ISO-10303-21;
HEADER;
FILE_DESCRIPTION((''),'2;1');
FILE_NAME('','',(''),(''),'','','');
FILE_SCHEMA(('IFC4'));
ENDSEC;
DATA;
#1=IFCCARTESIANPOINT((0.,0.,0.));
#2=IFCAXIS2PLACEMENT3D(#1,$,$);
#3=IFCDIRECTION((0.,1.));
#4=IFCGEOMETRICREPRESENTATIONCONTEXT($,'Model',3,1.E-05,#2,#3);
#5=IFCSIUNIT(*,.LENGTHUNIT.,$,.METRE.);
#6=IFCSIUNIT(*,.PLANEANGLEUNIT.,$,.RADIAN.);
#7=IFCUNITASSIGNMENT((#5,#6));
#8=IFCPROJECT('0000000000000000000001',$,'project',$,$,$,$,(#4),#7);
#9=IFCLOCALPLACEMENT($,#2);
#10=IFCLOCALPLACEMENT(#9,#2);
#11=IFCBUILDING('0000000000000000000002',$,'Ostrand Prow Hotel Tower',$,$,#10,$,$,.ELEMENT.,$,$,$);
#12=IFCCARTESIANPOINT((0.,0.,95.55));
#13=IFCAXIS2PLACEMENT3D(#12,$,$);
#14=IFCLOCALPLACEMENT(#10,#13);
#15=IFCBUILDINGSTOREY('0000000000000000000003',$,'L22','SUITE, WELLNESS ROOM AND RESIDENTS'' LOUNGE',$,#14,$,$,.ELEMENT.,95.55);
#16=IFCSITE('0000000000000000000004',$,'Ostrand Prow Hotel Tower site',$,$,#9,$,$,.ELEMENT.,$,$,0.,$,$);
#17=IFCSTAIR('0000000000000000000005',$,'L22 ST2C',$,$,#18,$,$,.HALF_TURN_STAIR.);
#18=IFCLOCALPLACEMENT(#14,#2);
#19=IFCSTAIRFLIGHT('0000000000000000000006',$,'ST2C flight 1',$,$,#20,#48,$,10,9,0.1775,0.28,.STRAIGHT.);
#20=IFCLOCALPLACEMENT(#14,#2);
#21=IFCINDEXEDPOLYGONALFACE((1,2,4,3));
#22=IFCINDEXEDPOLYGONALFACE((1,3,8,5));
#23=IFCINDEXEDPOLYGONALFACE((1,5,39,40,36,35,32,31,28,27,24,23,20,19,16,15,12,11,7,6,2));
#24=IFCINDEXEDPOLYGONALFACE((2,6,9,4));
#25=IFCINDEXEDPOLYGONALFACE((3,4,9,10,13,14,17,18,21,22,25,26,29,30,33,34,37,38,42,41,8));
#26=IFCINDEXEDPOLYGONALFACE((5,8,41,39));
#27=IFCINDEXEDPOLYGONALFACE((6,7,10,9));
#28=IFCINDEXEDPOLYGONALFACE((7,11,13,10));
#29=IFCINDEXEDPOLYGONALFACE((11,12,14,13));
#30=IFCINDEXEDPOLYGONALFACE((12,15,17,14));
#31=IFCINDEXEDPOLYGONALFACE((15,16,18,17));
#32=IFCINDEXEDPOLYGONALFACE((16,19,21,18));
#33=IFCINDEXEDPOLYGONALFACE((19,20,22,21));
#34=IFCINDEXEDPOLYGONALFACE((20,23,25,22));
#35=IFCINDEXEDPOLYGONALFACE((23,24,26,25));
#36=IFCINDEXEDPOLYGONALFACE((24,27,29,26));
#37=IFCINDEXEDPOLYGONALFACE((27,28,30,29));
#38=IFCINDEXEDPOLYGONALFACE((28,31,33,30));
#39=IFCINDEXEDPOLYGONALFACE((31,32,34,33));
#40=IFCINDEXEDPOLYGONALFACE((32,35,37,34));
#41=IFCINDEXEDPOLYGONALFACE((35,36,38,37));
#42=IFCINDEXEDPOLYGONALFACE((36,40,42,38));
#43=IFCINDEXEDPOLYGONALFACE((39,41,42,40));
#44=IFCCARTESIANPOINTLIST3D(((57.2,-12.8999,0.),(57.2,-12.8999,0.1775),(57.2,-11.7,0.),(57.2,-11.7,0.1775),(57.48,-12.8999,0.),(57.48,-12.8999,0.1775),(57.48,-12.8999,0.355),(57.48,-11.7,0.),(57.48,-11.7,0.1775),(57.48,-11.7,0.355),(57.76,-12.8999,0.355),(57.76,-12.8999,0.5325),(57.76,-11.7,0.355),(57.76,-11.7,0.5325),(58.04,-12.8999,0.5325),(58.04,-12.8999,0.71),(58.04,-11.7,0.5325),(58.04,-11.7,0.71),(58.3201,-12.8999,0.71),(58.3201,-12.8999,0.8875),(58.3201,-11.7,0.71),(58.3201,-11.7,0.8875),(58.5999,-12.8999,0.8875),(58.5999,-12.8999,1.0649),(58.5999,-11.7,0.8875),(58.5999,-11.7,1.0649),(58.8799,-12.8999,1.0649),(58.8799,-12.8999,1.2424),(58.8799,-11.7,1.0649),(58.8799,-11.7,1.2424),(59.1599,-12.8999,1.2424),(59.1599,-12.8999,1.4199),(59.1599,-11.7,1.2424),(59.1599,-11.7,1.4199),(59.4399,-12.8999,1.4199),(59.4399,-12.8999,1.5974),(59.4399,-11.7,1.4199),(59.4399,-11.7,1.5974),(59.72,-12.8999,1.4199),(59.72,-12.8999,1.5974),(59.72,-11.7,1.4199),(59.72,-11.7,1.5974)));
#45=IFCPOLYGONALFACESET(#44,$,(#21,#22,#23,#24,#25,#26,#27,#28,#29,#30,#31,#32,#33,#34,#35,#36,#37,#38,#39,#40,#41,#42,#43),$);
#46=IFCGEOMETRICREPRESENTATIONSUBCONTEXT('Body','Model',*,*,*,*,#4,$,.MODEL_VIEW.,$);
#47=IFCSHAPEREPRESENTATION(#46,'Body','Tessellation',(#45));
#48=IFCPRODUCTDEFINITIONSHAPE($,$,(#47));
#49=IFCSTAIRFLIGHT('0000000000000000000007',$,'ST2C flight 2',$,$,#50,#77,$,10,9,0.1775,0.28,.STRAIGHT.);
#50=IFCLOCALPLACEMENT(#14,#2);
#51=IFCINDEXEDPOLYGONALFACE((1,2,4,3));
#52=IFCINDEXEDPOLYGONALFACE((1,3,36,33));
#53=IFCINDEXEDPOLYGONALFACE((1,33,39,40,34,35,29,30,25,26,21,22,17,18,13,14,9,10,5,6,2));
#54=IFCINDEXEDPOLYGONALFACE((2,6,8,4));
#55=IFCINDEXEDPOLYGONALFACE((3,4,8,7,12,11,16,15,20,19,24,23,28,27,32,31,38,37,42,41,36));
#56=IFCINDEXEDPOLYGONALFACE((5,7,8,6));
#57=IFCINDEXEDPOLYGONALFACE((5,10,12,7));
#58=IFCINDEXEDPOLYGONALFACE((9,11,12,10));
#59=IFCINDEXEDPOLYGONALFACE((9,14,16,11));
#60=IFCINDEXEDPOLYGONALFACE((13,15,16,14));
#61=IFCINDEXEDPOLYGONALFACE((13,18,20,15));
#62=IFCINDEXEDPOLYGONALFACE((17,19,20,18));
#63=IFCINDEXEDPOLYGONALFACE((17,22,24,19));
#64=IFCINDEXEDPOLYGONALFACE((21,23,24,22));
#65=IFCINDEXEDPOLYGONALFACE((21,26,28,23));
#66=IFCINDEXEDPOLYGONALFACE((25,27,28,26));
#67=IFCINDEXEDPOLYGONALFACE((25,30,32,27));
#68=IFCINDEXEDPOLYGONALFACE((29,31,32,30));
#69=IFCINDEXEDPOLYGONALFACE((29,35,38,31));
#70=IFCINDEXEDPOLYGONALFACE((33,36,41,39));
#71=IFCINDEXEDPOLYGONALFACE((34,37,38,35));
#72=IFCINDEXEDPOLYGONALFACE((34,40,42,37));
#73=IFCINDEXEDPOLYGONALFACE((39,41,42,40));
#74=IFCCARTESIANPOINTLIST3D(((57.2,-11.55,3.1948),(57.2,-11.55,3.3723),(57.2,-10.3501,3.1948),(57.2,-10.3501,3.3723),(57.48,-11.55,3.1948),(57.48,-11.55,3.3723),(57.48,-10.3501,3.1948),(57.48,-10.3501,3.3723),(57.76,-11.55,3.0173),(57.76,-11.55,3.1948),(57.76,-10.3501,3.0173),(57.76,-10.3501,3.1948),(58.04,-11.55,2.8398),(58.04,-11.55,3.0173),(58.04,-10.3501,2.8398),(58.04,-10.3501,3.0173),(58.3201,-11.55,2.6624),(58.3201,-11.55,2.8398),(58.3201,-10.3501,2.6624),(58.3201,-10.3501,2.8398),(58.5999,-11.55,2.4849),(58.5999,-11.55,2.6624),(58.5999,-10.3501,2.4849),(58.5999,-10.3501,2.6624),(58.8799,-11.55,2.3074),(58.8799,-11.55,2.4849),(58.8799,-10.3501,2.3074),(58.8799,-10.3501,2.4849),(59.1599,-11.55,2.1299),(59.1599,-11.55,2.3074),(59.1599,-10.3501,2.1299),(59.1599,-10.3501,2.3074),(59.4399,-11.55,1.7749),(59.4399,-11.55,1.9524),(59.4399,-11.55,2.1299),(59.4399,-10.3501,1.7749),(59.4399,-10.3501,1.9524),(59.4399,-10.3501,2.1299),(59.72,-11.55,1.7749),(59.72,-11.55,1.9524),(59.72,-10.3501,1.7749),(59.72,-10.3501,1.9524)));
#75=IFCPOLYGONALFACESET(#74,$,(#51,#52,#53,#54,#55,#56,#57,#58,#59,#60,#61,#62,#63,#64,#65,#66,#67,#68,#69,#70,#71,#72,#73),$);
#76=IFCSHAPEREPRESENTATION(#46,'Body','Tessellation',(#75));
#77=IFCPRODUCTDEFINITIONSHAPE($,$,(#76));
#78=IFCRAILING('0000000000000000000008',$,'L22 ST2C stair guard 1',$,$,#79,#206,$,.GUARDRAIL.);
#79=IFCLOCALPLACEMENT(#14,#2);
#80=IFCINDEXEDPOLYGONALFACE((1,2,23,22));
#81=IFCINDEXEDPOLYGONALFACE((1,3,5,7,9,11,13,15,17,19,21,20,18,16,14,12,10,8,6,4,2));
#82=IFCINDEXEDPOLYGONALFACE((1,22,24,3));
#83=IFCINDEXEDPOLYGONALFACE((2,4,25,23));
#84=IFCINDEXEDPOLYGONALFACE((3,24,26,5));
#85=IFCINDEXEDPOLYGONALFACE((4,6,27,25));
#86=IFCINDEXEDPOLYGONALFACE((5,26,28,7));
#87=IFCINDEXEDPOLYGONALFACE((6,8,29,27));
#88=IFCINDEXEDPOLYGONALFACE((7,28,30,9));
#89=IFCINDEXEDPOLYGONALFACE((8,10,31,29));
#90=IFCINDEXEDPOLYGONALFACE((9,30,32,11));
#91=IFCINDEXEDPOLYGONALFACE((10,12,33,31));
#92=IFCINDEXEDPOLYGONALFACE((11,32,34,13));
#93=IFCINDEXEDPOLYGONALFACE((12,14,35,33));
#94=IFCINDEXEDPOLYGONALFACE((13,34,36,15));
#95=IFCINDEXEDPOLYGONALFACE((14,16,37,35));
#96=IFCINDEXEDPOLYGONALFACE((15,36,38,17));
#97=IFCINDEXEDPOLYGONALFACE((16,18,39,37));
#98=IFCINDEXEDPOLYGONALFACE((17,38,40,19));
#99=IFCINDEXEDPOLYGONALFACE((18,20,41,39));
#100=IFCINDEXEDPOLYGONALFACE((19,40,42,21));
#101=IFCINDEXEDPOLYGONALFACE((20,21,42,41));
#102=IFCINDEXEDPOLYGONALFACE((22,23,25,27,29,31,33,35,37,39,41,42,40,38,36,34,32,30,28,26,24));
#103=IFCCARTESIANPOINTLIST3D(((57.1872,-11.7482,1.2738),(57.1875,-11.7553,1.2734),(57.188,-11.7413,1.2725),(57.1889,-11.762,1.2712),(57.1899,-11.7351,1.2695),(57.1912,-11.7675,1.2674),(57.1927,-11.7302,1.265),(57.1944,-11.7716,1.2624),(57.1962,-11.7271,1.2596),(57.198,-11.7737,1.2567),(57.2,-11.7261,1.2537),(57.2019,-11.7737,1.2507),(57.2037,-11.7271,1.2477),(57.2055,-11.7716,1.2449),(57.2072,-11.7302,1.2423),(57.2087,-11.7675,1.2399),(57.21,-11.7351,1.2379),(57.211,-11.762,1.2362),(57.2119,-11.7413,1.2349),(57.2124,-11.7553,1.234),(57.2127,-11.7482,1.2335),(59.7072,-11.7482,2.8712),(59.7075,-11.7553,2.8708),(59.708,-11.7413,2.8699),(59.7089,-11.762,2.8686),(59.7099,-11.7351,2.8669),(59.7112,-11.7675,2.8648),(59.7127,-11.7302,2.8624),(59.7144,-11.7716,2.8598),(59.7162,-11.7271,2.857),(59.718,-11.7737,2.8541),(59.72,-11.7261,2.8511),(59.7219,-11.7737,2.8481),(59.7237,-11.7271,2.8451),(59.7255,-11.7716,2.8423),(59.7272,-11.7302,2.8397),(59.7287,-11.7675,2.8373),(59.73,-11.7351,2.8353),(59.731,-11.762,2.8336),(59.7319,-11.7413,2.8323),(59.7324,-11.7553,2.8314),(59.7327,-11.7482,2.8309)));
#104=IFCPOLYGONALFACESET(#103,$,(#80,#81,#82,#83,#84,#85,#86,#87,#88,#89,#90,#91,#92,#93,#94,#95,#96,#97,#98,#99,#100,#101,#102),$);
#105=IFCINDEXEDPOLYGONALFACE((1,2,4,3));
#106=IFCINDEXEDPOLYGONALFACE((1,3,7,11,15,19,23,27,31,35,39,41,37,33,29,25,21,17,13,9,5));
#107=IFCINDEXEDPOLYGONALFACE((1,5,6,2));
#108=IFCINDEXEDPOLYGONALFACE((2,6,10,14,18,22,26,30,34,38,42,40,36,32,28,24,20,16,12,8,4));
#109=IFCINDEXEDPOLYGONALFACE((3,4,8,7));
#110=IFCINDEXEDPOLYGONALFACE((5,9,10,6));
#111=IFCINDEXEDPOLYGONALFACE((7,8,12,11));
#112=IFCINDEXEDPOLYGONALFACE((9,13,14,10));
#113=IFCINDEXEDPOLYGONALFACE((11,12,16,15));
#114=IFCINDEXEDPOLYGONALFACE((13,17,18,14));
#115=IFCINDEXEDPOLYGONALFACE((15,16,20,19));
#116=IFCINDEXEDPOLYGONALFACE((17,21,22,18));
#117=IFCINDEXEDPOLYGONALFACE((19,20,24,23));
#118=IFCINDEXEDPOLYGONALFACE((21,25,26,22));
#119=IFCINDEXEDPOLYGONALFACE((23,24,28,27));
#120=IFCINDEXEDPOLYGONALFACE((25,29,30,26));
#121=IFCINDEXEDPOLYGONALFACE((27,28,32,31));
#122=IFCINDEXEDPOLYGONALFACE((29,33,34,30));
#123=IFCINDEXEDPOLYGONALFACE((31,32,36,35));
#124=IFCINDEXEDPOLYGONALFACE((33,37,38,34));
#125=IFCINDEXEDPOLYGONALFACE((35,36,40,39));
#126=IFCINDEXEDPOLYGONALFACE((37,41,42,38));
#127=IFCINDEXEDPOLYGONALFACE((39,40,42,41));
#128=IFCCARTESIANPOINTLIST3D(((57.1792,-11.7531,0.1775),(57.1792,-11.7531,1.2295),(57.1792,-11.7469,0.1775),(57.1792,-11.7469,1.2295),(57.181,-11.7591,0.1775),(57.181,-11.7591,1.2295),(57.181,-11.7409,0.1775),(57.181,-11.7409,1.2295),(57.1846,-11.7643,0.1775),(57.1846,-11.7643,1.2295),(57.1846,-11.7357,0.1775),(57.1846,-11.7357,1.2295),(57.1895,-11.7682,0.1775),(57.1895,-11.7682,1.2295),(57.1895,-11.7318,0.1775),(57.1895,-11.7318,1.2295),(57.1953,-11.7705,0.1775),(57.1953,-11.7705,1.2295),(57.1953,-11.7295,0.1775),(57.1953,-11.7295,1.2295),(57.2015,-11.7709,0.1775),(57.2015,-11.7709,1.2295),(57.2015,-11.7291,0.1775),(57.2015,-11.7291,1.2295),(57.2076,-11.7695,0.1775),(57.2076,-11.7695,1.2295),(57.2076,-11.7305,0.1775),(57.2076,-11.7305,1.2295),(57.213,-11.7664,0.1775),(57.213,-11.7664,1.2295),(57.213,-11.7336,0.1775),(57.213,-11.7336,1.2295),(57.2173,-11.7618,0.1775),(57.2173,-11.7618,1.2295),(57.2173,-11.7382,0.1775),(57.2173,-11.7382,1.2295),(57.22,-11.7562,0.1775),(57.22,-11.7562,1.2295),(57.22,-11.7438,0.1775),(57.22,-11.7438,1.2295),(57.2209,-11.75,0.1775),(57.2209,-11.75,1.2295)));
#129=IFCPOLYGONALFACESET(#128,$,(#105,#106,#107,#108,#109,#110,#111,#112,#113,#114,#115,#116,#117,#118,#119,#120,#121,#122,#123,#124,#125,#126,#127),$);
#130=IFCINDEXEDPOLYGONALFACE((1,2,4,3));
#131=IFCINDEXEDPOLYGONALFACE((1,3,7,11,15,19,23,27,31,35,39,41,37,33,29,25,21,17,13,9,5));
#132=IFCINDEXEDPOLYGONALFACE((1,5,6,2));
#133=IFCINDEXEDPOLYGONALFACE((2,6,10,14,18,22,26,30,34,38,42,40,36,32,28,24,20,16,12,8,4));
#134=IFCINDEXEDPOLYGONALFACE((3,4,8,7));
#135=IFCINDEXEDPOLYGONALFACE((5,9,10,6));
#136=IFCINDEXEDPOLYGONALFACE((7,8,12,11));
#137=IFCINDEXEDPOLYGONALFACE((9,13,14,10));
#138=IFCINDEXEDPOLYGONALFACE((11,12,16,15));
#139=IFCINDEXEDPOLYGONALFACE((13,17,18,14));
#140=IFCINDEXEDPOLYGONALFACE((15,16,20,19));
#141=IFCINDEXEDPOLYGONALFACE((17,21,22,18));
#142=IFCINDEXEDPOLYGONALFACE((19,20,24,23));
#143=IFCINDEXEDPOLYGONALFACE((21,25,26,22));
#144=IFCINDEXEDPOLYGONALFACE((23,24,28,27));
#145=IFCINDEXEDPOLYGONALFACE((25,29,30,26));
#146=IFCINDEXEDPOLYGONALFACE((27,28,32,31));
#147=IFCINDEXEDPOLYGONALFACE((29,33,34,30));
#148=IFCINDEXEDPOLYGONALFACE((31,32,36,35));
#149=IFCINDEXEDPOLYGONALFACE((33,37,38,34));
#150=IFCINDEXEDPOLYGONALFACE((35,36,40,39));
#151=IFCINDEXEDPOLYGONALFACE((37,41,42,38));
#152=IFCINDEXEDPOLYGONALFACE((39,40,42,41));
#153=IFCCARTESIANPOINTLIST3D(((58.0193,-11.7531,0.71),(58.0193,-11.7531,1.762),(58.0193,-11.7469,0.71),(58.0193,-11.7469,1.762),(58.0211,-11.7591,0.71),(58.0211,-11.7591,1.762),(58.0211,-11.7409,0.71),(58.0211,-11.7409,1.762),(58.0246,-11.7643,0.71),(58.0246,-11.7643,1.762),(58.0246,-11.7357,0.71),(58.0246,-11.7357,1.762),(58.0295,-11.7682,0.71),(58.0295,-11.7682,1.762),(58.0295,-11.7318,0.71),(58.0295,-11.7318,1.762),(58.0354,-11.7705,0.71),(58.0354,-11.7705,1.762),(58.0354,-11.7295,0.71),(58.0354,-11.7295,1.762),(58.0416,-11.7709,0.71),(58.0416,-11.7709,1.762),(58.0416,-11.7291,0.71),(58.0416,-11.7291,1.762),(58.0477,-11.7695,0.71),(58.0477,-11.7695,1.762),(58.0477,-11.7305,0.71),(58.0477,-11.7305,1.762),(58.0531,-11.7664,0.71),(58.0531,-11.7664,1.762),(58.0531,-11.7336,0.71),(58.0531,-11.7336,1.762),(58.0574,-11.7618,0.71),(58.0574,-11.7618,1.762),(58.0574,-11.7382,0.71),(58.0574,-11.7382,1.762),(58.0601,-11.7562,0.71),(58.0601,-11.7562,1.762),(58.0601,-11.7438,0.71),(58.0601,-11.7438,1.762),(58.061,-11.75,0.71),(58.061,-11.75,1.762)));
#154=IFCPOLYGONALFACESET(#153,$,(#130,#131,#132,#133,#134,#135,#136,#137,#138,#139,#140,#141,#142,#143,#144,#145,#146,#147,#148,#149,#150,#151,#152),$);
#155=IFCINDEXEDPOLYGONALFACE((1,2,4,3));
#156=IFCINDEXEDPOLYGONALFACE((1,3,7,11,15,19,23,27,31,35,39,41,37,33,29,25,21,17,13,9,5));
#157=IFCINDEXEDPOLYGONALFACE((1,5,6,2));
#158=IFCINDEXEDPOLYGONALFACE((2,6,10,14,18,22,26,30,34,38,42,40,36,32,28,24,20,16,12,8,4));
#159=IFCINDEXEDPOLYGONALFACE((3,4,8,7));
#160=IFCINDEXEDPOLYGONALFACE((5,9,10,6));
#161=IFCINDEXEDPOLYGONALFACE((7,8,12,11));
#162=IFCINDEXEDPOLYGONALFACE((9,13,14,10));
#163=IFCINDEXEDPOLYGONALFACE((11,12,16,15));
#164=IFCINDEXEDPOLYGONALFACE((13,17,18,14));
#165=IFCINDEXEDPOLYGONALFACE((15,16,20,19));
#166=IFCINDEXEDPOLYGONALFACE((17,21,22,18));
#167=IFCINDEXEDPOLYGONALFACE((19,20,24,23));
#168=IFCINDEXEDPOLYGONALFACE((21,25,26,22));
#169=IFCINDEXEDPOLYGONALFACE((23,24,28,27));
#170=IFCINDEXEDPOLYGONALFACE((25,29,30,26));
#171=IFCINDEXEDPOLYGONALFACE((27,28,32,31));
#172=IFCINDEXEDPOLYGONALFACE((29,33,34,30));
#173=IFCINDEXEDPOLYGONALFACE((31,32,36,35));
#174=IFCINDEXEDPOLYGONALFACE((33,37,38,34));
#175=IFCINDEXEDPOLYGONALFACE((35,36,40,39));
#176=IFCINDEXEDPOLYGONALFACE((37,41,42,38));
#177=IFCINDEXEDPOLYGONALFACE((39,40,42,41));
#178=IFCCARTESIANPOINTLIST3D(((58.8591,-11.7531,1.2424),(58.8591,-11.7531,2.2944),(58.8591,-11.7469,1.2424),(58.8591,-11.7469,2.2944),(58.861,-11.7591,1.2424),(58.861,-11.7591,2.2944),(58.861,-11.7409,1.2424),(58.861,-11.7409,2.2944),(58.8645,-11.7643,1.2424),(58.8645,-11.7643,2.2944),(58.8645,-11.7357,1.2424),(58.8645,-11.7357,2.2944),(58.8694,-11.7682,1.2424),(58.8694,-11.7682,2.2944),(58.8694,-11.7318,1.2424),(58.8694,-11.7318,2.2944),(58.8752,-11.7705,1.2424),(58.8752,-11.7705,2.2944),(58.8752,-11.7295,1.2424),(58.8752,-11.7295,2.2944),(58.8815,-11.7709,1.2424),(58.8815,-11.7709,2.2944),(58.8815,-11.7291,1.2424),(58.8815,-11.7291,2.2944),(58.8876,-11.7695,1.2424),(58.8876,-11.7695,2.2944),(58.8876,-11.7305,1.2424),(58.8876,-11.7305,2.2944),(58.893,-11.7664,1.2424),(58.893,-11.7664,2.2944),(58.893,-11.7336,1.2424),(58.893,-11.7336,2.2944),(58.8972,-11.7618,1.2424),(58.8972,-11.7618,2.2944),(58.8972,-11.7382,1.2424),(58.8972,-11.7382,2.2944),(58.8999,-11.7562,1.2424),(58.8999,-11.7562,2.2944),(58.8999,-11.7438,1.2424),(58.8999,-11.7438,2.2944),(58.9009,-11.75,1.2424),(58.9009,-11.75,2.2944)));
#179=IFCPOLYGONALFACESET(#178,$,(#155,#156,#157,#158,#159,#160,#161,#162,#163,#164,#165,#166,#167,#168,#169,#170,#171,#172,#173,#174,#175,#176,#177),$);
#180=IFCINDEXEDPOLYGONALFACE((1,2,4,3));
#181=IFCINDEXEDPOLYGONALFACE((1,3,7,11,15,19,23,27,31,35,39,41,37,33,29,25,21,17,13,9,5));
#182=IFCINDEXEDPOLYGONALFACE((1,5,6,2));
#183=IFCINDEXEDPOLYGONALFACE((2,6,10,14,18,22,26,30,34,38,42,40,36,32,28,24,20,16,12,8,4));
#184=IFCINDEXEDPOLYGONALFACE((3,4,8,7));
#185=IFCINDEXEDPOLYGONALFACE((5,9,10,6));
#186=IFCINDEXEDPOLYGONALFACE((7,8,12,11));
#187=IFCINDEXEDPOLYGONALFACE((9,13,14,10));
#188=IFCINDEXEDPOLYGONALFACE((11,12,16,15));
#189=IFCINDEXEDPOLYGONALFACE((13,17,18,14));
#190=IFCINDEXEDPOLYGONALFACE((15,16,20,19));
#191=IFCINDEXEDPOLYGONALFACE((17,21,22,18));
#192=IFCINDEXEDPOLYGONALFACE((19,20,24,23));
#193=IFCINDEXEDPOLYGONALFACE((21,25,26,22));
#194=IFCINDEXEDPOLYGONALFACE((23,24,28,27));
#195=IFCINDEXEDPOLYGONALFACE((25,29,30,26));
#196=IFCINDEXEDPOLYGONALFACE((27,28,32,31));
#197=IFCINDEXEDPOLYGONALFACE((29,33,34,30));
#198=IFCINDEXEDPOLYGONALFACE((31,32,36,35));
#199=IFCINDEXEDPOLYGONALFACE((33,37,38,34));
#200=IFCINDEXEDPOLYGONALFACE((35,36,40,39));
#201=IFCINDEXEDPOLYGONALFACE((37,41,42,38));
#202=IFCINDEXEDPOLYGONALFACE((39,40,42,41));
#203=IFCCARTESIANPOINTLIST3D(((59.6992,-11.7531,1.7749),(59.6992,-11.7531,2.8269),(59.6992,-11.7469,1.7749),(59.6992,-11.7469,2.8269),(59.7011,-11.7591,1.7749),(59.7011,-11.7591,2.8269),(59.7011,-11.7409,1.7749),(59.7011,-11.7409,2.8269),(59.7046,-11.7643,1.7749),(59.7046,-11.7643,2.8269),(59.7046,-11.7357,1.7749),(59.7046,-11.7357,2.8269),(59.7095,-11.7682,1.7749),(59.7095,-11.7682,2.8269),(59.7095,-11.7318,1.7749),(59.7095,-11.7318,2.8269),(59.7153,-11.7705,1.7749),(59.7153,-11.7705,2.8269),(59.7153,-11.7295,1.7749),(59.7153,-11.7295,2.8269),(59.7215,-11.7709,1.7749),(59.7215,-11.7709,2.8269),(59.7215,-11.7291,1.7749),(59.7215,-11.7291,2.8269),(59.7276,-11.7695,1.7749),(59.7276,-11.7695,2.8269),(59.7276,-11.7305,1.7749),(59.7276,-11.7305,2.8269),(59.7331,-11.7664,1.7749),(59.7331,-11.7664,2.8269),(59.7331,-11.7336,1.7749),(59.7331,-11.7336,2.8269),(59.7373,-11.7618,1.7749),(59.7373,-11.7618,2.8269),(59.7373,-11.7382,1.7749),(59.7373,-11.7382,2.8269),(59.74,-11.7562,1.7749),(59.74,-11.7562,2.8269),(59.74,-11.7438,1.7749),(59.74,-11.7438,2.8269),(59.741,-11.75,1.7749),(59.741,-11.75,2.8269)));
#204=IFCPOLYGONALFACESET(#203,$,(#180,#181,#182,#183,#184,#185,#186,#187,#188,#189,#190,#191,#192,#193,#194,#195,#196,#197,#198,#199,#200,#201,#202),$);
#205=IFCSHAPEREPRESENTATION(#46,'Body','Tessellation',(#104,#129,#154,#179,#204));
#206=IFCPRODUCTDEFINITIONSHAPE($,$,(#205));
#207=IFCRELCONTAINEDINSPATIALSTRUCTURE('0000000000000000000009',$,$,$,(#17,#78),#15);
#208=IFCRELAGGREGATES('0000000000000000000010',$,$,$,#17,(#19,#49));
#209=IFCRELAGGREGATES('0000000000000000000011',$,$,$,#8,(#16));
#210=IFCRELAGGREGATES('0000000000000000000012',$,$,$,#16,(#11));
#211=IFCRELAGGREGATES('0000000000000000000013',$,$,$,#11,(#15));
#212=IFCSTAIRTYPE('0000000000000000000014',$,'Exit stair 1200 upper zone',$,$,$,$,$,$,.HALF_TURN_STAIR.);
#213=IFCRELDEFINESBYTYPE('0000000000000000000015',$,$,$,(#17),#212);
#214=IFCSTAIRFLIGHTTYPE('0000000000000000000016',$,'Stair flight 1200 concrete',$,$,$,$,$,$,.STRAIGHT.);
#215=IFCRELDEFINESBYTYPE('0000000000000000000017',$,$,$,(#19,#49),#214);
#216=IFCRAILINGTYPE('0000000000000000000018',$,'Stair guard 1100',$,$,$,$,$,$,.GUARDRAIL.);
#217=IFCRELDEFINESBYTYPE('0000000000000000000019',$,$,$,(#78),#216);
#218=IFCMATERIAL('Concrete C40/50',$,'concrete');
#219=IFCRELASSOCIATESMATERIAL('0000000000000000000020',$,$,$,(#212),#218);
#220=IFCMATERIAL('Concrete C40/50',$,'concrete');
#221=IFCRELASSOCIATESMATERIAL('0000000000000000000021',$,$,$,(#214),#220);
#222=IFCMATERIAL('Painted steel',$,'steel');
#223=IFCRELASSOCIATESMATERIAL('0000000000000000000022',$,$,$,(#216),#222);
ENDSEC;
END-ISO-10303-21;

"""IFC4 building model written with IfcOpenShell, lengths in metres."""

from ifc_helpers import new_model, si_unit, direction, frame, origin, origin_2d, place, context, subcontext, project, spatial, polyline, circle, outline, extrude, material, type_object, element, aggregate, save


model = new_model("IFC4")

# Units and contexts
model_context = context("Model", 3, precision=1e-05, world=origin(), true_north=direction((0.0, 1.0)))
body_context = subcontext(model_context, "Body", "Model", "MODEL_VIEW")
ifc_project = project(units=[si_unit("LENGTHUNIT", "METRE"), si_unit("PLANEANGLEUNIT", "RADIAN")], contexts=[model_context])

# Site, building, storey
site_placement = place(None, origin())
site = spatial("IfcSite", under=ifc_project, at=site_placement, Name="Ostrand Prow Hotel Tower site", CompositionType="ELEMENT", RefElevation=0.0)
building_placement = place(site_placement, origin())
building = spatial("IfcBuilding", under=site, at=building_placement, Name="Ostrand Prow Hotel Tower", CompositionType="ELEMENT")
storey_placement = place(building_placement, frame((0.0, 0.0, 95.55)))
storey = spatial("IfcBuildingStorey", under=building, at=storey_placement, Name="L22", Description="SUITE, WELLNESS ROOM AND RESIDENTS' LOUNGE", CompositionType="ELEMENT", Elevation=95.55)

# Stair, stair flights
ifc_material_1 = material(Name="Concrete C40/50", Category="concrete")
stair_type = type_object("IfcStairType", Name="Exit stair 1200 upper zone", PredefinedType="HALF_TURN_STAIR", material=ifc_material_1)
stair_placement = place(storey_placement, origin())
stair = element("IfcStair", 1, at=stair_placement, inside=storey, type_object=stair_type, Name="L22 ST2C", PredefinedType="HALF_TURN_STAIR")
ifc_material_2 = material(Name="Concrete C40/50", Category="concrete")
stair_flight_type = type_object("IfcStairFlightType", Name="Stair flight 1200 concrete", PredefinedType="STRAIGHT", material=ifc_material_2)
stair_flight_1_placement = place(storey_placement, frame((57.2, -12.3, 0.0), z_axis=(0.0, 0.0, 1.0), x_axis=(1.0, 0.0, 0.0)))
stair_flight_1 = element("IfcStairFlight", 2, at=stair_flight_1_placement, type_object=stair_flight_type, Name="ST2C flight 1", NumberOfRisers=10, NumberOfTreads=9, PredefinedType="STRAIGHT", RiserHeight=0.1775, TreadLength=0.28, context=body_context, shape_type="SweptSolid", body=[
    extrude(outline(polyline([(0.0, 0.0), (0.0, 0.1775), (0.28, 0.1775), (0.28, 0.355), (0.5601, 0.355), (0.5601, 0.5325), (0.8401, 0.5325), (0.8401, 0.71), (1.1201, 0.71), (1.1201, 0.8875), (1.3999, 0.8875), (1.3999, 1.0649), (1.6799, 1.0649), (1.6799, 1.2424), (1.96, 1.2424), (1.96, 1.4199), (2.24, 1.4199), (2.24, 1.5974), (2.52, 1.5974), (2.52, 1.7749), (2.52, 1.4199), (0.28, 0.0), (0.0, 0.0)])), frame((0.0, 0.6001, 0.0), z_axis=(0.0, -1.0, 0.0), x_axis=(1.0, 0.0, 0.0)), (0.0, 0.0, 1.0), 1.2),
])
stair_flight_2_placement = place(storey_placement, frame((59.72, -10.95, 1.7749), z_axis=(0.0, 0.0, 1.0), x_axis=(-1.0, 0.0, 0.0)))
stair_flight_2 = element("IfcStairFlight", 3, at=stair_flight_2_placement, type_object=stair_flight_type, Name="ST2C flight 2", NumberOfRisers=10, NumberOfTreads=9, PredefinedType="STRAIGHT", RiserHeight=0.1775, TreadLength=0.28, context=body_context, shape_type="SweptSolid", body=[
    extrude(outline(polyline([(0.0, 0.0), (0.0, 0.1775), (0.28, 0.1775), (0.28, 0.355), (0.5601, 0.355), (0.5601, 0.5325), (0.8401, 0.5325), (0.8401, 0.71), (1.1201, 0.71), (1.1201, 0.8875), (1.3999, 0.8875), (1.3999, 1.0649), (1.6799, 1.0649), (1.6799, 1.2424), (1.96, 1.2424), (1.96, 1.4199), (2.24, 1.4199), (2.24, 1.5974), (2.52, 1.5974), (2.52, 1.7749), (2.52, 1.4199), (0.28, 0.0), (0.0, 0.0)])), frame((0.0, 0.6001, 0.0), z_axis=(0.0, -1.0, 0.0), x_axis=(1.0, 0.0, 0.0)), (0.0, 0.0, 1.0), 1.2),
])
aggregate(stair, [stair_flight_1, stair_flight_2])

# Railing
ifc_material_3 = material(Name="Painted steel", Category="steel")
railing_type_1 = type_object("IfcRailingType", Name="Stair guard 1100", PredefinedType="GUARDRAIL", material=ifc_material_3)
railing_1_placement = place(storey_placement, frame((57.2, -11.75, 0.1775)))
element("IfcRailing", 4, at=railing_1_placement, inside=storey, type_object=railing_type_1, Name="L22 ST2C stair guard 1", PredefinedType="GUARDRAIL", context=body_context, shape_type="SweptSolid", body=[
    extrude(circle(Radius=0.0239, at=origin_2d()), frame((0.0, 0.0, 1.0762), z_axis=(0.844607, 0.0, 0.535387), x_axis=(0.0, 1.0, 0.0)), (0.0, 0.0, 1.0), 2.9836),
    extrude(circle(Radius=0.021, at=origin_2d()), origin(), (0.0, 0.0, 1.0), 1.052),
    extrude(circle(Radius=0.021, at=origin_2d()), frame((0.8401, 0.0, 0.5325)), (0.0, 0.0, 1.0), 1.052),
    extrude(circle(Radius=0.021, at=origin_2d()), frame((1.6799, 0.0, 1.0649)), (0.0, 0.0, 1.0), 1.052),
    extrude(circle(Radius=0.021, at=origin_2d()), frame((2.52, 0.0, 1.5974)), (0.0, 0.0, 1.0), 1.052),
])

save(model, "model.ifc")
